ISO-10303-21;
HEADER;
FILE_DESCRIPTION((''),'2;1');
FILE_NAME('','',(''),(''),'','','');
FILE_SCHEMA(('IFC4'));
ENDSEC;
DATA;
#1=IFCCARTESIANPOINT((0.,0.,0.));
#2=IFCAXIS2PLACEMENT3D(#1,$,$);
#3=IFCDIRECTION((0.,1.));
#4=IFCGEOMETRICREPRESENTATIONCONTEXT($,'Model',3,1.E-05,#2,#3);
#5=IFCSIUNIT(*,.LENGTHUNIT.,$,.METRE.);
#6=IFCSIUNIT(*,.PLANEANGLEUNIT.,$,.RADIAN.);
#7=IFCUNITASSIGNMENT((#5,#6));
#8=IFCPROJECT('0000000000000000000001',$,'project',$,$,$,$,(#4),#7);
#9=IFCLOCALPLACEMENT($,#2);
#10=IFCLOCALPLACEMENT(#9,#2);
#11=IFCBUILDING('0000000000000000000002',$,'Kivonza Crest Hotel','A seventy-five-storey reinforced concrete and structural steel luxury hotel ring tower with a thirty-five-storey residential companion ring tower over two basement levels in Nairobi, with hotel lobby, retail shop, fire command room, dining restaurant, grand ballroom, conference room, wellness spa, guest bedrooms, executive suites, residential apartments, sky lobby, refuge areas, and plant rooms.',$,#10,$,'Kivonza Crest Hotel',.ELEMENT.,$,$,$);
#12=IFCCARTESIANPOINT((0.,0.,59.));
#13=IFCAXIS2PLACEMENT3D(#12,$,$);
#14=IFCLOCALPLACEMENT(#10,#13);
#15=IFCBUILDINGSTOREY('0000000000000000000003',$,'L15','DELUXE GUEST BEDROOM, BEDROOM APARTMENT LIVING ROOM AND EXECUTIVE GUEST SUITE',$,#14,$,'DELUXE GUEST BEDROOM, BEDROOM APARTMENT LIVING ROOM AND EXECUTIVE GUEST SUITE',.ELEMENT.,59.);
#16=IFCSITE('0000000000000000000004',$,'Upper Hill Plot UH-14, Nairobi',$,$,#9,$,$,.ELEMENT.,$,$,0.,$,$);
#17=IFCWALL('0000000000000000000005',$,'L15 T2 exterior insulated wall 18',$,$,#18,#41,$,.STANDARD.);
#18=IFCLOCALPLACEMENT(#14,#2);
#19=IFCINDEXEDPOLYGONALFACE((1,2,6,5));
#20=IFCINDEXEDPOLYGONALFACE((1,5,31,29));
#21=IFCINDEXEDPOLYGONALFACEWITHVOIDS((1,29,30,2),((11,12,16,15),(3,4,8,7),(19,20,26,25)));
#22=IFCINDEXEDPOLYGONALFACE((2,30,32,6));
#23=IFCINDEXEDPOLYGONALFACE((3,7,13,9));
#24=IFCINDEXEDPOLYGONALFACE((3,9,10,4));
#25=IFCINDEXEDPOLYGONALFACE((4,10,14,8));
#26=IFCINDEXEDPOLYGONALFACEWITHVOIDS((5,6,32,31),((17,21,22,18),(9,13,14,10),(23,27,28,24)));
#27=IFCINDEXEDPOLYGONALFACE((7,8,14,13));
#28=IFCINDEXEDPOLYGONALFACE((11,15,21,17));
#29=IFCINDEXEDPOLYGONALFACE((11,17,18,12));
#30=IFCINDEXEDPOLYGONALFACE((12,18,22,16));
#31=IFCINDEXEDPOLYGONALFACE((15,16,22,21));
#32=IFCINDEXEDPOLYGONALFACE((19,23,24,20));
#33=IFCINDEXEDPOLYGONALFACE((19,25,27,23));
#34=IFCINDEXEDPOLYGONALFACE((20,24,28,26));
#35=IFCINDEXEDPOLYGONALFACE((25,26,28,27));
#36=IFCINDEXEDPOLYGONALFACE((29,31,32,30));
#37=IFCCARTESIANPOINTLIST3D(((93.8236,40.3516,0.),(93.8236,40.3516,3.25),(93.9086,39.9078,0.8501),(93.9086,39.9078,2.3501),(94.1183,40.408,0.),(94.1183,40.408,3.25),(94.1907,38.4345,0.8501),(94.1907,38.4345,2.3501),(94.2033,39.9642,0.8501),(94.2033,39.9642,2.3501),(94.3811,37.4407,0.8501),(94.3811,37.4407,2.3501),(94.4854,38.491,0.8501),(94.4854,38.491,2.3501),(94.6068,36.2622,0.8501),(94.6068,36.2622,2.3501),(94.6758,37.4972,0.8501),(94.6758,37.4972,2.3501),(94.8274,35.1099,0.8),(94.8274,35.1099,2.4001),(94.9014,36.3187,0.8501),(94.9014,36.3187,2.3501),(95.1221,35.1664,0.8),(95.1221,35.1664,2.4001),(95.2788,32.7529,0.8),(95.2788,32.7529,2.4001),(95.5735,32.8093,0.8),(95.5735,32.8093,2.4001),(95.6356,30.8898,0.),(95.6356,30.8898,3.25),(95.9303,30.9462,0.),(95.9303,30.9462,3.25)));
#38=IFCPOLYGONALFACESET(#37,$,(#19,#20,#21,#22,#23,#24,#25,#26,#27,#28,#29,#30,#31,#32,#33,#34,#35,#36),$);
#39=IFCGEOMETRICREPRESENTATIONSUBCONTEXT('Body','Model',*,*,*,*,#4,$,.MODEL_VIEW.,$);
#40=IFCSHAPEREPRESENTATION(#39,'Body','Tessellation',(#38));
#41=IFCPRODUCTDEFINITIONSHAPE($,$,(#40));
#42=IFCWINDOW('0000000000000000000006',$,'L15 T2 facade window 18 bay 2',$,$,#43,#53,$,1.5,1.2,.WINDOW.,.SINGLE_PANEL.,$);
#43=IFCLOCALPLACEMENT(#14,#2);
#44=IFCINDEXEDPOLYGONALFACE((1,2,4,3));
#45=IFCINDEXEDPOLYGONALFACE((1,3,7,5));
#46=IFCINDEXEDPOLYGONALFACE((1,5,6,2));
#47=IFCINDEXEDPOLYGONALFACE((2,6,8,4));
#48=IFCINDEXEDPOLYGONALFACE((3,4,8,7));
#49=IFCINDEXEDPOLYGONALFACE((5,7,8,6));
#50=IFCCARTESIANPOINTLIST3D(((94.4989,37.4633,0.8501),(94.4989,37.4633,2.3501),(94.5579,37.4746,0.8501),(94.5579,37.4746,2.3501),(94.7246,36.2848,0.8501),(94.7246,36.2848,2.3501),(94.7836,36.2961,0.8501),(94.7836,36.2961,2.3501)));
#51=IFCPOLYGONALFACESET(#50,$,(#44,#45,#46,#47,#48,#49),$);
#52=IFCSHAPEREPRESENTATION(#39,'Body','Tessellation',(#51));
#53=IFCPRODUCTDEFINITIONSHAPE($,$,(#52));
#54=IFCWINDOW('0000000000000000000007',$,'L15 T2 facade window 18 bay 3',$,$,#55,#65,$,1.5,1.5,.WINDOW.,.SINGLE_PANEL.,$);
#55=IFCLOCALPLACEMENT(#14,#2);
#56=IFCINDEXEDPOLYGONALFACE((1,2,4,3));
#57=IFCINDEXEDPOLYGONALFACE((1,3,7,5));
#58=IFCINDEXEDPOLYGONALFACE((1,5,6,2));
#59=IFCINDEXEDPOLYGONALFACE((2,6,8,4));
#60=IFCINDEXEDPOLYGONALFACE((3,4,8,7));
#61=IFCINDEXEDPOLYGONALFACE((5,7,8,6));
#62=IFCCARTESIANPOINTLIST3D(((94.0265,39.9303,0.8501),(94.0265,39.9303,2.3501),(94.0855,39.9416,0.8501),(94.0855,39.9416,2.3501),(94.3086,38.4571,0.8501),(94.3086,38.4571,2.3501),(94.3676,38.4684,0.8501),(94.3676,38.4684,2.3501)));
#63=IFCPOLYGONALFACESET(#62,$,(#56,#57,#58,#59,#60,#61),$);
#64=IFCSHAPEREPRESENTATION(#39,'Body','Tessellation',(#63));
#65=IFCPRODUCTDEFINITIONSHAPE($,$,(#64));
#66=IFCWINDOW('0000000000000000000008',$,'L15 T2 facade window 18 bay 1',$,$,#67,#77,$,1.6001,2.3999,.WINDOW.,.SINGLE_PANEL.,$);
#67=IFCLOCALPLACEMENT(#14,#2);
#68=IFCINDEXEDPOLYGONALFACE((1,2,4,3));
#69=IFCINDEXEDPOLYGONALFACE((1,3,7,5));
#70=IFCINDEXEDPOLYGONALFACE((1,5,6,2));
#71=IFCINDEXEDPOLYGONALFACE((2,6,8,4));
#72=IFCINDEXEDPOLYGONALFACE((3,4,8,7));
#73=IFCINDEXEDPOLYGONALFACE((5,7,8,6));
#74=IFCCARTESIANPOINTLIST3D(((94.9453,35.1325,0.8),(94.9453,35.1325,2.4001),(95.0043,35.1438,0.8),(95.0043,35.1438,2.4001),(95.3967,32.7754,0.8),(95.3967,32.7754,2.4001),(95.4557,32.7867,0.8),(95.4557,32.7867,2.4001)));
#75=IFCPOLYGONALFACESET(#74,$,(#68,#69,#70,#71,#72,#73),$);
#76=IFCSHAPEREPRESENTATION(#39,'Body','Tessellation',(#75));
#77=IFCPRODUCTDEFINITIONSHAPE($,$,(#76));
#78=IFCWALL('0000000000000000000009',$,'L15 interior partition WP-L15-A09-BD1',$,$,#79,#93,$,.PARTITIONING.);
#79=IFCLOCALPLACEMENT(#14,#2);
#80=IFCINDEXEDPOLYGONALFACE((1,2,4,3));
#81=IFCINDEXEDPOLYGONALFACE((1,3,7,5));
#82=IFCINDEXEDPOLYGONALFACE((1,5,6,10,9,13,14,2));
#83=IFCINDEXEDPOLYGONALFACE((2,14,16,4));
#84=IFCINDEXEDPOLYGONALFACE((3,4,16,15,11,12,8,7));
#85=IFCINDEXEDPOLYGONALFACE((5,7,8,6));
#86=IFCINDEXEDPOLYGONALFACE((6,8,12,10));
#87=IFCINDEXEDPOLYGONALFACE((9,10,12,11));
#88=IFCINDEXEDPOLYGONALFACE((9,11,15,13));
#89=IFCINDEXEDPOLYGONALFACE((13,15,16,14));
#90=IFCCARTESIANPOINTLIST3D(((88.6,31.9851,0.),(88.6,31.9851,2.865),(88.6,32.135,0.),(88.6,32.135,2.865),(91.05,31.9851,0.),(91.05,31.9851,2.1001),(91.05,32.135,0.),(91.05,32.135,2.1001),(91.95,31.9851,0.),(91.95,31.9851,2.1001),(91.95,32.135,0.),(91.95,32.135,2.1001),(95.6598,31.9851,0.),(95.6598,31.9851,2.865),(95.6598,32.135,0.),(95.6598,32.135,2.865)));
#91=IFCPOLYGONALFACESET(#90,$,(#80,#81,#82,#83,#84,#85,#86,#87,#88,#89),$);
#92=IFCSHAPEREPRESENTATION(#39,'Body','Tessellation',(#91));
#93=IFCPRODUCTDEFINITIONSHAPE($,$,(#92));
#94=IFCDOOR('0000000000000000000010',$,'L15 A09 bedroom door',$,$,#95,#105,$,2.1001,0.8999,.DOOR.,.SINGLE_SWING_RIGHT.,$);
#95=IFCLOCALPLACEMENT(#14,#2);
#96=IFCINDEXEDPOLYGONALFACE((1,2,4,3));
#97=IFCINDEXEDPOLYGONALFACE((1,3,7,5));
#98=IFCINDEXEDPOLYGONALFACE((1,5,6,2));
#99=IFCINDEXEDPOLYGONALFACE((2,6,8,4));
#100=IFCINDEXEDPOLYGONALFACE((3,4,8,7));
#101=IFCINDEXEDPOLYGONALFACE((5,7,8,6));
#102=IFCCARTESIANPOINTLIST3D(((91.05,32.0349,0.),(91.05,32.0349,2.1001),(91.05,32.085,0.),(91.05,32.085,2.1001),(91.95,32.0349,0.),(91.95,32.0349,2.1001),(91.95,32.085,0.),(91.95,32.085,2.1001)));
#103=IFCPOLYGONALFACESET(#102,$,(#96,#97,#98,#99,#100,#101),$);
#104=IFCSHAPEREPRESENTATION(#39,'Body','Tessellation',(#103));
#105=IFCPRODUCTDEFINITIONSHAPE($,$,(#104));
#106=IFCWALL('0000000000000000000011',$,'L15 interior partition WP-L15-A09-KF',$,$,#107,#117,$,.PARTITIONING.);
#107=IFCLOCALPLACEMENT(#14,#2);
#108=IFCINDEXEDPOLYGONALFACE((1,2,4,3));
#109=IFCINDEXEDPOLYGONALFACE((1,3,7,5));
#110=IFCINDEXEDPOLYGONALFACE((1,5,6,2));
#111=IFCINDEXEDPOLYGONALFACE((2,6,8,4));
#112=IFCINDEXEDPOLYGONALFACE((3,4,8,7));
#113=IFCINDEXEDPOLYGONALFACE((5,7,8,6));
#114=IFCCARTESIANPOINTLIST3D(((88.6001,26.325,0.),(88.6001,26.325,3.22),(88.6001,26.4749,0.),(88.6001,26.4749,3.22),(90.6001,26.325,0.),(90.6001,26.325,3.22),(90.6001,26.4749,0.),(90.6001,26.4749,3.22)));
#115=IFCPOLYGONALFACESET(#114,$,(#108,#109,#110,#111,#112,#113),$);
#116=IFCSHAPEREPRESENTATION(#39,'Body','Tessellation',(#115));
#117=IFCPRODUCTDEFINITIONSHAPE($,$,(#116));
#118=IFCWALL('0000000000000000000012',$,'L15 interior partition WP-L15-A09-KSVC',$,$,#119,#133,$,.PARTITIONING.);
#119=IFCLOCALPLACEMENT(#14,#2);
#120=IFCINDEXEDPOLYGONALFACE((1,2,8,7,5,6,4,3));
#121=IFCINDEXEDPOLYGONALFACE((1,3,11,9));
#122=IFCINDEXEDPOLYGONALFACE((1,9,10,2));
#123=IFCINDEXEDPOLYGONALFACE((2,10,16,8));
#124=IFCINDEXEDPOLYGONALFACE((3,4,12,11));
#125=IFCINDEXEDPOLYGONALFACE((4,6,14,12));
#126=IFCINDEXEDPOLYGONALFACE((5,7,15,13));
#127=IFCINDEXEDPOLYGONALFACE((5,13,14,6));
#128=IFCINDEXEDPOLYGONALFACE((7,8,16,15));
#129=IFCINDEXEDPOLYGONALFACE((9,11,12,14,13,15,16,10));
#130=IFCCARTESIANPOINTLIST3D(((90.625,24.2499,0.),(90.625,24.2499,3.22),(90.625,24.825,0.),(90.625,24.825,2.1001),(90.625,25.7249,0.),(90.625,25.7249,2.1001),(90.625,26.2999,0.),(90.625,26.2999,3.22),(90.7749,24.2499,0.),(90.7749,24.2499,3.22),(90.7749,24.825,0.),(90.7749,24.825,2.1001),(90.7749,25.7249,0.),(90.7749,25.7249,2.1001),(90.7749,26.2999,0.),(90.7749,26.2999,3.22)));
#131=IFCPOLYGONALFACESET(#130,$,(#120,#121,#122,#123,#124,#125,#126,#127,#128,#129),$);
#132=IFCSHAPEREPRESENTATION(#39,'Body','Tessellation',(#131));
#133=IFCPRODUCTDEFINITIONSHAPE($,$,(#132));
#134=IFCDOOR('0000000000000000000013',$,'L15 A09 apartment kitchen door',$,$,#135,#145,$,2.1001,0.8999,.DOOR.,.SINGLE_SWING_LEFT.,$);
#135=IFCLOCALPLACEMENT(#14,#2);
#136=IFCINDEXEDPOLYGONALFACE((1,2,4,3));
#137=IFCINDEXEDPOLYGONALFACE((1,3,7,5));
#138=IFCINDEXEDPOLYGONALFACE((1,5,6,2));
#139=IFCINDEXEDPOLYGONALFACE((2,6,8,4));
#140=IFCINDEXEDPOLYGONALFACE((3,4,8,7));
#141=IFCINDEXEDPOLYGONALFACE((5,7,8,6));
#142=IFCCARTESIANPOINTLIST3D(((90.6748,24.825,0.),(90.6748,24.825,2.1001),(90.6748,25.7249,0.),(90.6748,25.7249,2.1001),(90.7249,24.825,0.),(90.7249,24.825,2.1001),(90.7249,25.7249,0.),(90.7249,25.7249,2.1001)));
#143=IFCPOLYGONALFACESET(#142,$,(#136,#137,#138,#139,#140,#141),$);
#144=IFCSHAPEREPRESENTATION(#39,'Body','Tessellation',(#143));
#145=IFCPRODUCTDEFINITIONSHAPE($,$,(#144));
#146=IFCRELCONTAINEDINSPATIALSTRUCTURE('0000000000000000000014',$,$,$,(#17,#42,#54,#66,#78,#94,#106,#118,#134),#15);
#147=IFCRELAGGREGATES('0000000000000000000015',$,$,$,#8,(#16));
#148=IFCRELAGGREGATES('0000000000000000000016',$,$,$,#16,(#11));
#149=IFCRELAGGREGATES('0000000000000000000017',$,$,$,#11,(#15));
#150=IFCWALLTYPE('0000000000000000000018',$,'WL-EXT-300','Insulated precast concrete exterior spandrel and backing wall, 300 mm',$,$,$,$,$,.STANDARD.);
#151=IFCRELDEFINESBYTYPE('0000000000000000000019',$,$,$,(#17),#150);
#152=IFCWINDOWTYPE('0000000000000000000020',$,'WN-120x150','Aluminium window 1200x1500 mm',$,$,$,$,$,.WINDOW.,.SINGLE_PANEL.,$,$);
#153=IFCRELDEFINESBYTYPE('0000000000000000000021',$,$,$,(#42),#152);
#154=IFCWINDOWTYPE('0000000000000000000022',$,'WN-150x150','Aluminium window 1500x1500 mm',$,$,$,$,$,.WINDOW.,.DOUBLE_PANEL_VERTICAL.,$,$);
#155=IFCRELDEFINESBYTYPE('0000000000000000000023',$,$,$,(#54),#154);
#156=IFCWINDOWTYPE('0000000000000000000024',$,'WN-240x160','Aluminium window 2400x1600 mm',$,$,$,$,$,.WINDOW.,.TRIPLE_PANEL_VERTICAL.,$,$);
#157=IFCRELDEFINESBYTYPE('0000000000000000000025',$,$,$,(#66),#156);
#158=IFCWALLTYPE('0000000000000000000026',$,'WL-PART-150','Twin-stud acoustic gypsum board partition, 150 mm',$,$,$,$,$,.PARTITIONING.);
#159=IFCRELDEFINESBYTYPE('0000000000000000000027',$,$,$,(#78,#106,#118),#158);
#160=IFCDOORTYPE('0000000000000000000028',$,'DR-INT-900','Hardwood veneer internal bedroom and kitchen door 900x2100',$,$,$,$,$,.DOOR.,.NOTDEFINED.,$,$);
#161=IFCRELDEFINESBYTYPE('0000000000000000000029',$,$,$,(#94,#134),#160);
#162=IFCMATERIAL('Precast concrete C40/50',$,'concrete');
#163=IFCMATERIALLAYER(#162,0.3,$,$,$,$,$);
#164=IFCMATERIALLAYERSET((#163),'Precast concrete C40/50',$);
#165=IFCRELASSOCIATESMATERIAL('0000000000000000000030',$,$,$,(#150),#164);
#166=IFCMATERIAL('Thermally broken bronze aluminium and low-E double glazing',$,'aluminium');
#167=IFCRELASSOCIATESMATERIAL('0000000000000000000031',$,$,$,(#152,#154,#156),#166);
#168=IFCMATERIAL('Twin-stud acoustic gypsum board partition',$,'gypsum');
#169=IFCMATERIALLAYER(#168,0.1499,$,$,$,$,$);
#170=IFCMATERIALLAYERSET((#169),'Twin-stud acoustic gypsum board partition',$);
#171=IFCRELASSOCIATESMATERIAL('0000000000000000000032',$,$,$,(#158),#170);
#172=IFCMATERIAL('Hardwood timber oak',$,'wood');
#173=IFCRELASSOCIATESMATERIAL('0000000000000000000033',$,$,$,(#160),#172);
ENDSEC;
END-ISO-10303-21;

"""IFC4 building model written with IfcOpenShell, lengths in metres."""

from ifc_helpers import new_model, si_unit, direction, frame, frame_2d, origin, place, context, subcontext, project, spatial, rectangle, extrude, material, layer, layer_set, type_object, element, fill, save


model = new_model("IFC4")

# Units and contexts
model_context = context("Model", 3, precision=1e-05, world=origin(), true_north=direction((0.0, 1.0)))
body_context = subcontext(model_context, "Body", "Model", "MODEL_VIEW")
ifc_project = project(units=[si_unit("LENGTHUNIT", "METRE"), si_unit("PLANEANGLEUNIT", "RADIAN")], contexts=[model_context])

# Site, building, storey
site_placement = place(None, origin())
site = spatial("IfcSite", under=ifc_project, at=site_placement, Name="Upper Hill Plot UH-14, Nairobi", CompositionType="ELEMENT", RefElevation=0.0)
building_placement = place(site_placement, origin())
building = spatial("IfcBuilding", under=site, at=building_placement, Name="Kivonza Crest Hotel", Description="A seventy-five-storey reinforced concrete and structural steel luxury hotel ring tower with a thirty-five-storey residential companion ring tower over two basement levels in Nairobi, with hotel lobby, retail shop, fire command room, dining restaurant, grand ballroom, conference room, wellness spa, guest bedrooms, executive suites, residential apartments, sky lobby, refuge areas, and plant rooms.", LongName="Kivonza Crest Hotel", CompositionType="ELEMENT")
storey_placement = place(building_placement, frame((0.0, 0.0, 59.0)))
storey = spatial("IfcBuildingStorey", under=building, at=storey_placement, Name="L15", Description="DELUXE GUEST BEDROOM, BEDROOM APARTMENT LIVING ROOM AND EXECUTIVE GUEST SUITE", LongName="DELUXE GUEST BEDROOM, BEDROOM APARTMENT LIVING ROOM AND EXECUTIVE GUEST SUITE", CompositionType="ELEMENT", Elevation=59.0)

# Wall, openings, windows
ifc_material_1 = material(Name="Precast concrete C40/50", Category="concrete")
ifc_layer_1 = layer(ifc_material_1, 0.3)
ifc_layer_set_1 = layer_set([ifc_layer_1], Name="Precast concrete C40/50")
wall_type_1 = type_object("IfcWallType", Name="WL-EXT-300", Description="Insulated precast concrete exterior spandrel and backing wall, 300 mm", PredefinedType="STANDARD", material=ifc_layer_set_1)
wall_1_placement = place(storey_placement, frame((95.783, 30.918, 0.0), z_axis=(0.0, 0.0, 1.0), x_axis=(-0.188088, 0.982152, 0.0)))
wall_1 = element("IfcWall", 1, at=wall_1_placement, inside=storey, type_object=wall_type_1, Name="L15 T2 exterior insulated wall 18", PredefinedType="STANDARD", context=body_context, shape_type="SweptSolid", body=[
    extrude(rectangle(XDim=9.6338, YDim=0.3, at=frame_2d((4.8169, 0.0))), origin(), (0.0, 0.0, 1.0), 3.25),
])
opening_1_placement = place(wall_1_placement, frame((1.897, 0.0, 0.8)))
opening_1 = element("IfcOpeningElement", 2, at=opening_1_placement, cuts=wall_1, PredefinedType="OPENING", context=body_context, shape_type="SweptSolid", body=[
    extrude(rectangle(XDim=2.3999, YDim=1.6001, at=frame_2d((1.2, 0.8))), frame((0.0, 0.1602, 0.0), z_axis=(0.0, -1.0, 0.0), x_axis=(1.0, 0.0, 0.0)), (0.0, 0.0, 1.0), 0.3201),
])
opening_2_placement = place(wall_1_placement, frame((5.47, 0.0, 0.8501)))
opening_2 = element("IfcOpeningElement", 3, at=opening_2_placement, cuts=wall_1, PredefinedType="OPENING", context=body_context, shape_type="SweptSolid", body=[
    extrude(rectangle(XDim=1.2, YDim=1.5, at=frame_2d((0.6001, 0.75))), frame((0.0, 0.1602, 0.0), z_axis=(0.0, -1.0, 0.0), x_axis=(1.0, 0.0, 0.0)), (0.0, 0.0, 1.0), 0.3201),
])
opening_3_placement = place(wall_1_placement, frame((7.6819, 0.0, 0.8501)))
opening_3 = element("IfcOpeningElement", 4, at=opening_3_placement, cuts=wall_1, PredefinedType="OPENING", context=body_context, shape_type="SweptSolid", body=[
    extrude(rectangle(XDim=1.5, YDim=1.5, at=frame_2d((0.75, 0.75))), frame((0.0, 0.1602, 0.0), z_axis=(0.0, -1.0, 0.0), x_axis=(1.0, 0.0, 0.0)), (0.0, 0.0, 1.0), 0.3201),
])
ifc_material_2 = material(Name="Thermally broken bronze aluminium and low-E double glazing", Category="aluminium")
window_type_1 = type_object("IfcWindowType", Name="WN-120x150", Description="Aluminium window 1200x1500 mm", PartitioningType="SINGLE_PANEL", PredefinedType="WINDOW", material=ifc_material_2)
window_1_placement = place(opening_2_placement, origin())
window_1 = element("IfcWindow", 5, at=window_1_placement, inside=storey, type_object=window_type_1, Name="L15 T2 facade window 18 bay 2", OverallHeight=1.5, OverallWidth=1.2, PartitioningType="SINGLE_PANEL", PredefinedType="WINDOW", context=body_context, shape_type="SweptSolid", body=[
    extrude(rectangle(XDim=1.2, YDim=1.5, at=frame_2d((0.6001, 0.75))), frame((0.0, 0.03, 0.0), z_axis=(0.0, -1.0, 0.0), x_axis=(1.0, 0.0, 0.0)), (0.0, 0.0, 1.0), 0.0601),
])
fill(opening_2, window_1)
window_type_2 = type_object("IfcWindowType", Name="WN-150x150", Description="Aluminium window 1500x1500 mm", PartitioningType="DOUBLE_PANEL_VERTICAL", PredefinedType="WINDOW", material=ifc_material_2)
window_2_placement = place(opening_3_placement, origin())
window_2 = element("IfcWindow", 6, at=window_2_placement, inside=storey, type_object=window_type_2, Name="L15 T2 facade window 18 bay 3", OverallHeight=1.5, OverallWidth=1.5, PartitioningType="SINGLE_PANEL", PredefinedType="WINDOW", context=body_context, shape_type="SweptSolid", body=[
    extrude(rectangle(XDim=1.5, YDim=1.5, at=frame_2d((0.75, 0.75))), frame((0.0, 0.03, 0.0), z_axis=(0.0, -1.0, 0.0), x_axis=(1.0, 0.0, 0.0)), (0.0, 0.0, 1.0), 0.0601),
])
fill(opening_3, window_2)
window_type_3 = type_object("IfcWindowType", Name="WN-240x160", Description="Aluminium window 2400x1600 mm", PartitioningType="TRIPLE_PANEL_VERTICAL", PredefinedType="WINDOW", material=ifc_material_2)
window_3_placement = place(opening_1_placement, origin())
window_3 = element("IfcWindow", 7, at=window_3_placement, inside=storey, type_object=window_type_3, Name="L15 T2 facade window 18 bay 1", OverallHeight=1.6001, OverallWidth=2.3999, PartitioningType="SINGLE_PANEL", PredefinedType="WINDOW", context=body_context, shape_type="SweptSolid", body=[
    extrude(rectangle(XDim=2.3999, YDim=1.6001, at=frame_2d((1.2, 0.8))), frame((0.0, 0.03, 0.0), z_axis=(0.0, -1.0, 0.0), x_axis=(1.0, 0.0, 0.0)), (0.0, 0.0, 1.0), 0.0601),
])
fill(opening_1, window_3)

# Wall, opening, door
ifc_material_3 = material(Name="Twin-stud acoustic gypsum board partition", Category="gypsum")
ifc_layer_2 = layer(ifc_material_3, 0.1499)
ifc_layer_set_2 = layer_set([ifc_layer_2], Name="Twin-stud acoustic gypsum board partition")
wall_type_2 = type_object("IfcWallType", Name="WL-PART-150", Description="Twin-stud acoustic gypsum board partition, 150 mm", PredefinedType="PARTITIONING", material=ifc_layer_set_2)
wall_2_placement = place(storey_placement, frame((88.6001, 32.0601, 0.0), z_axis=(0.0, 0.0, 1.0), x_axis=(1.0, 0.0, 0.0)))
wall_2 = element("IfcWall", 8, at=wall_2_placement, inside=storey, type_object=wall_type_2, Name="L15 interior partition WP-L15-A09-BD1", PredefinedType="PARTITIONING", context=body_context, shape_type="SweptSolid", body=[
    extrude(rectangle(XDim=7.0598, YDim=0.1499, at=frame_2d((3.5298, 0.0))), origin(), (0.0, 0.0, 1.0), 2.865),
])
opening_4_placement = place(wall_2_placement, frame((2.45, 0.0, 0.0)))
opening_4 = element("IfcOpeningElement", 9, at=opening_4_placement, cuts=wall_2, PredefinedType="OPENING", context=body_context, shape_type="SweptSolid", body=[
    extrude(rectangle(XDim=0.8999, YDim=2.1001, at=frame_2d((0.45, 1.05))), frame((0.0, 0.085, 0.0), z_axis=(0.0, -1.0, 0.0), x_axis=(1.0, 0.0, 0.0)), (0.0, 0.0, 1.0), 0.1699),
])
ifc_material_4 = material(Name="Hardwood timber oak", Category="wood")
door_type_1 = type_object("IfcDoorType", Name="DR-INT-900", Description="Hardwood veneer internal bedroom and kitchen door 900x2100", OperationType="NOTDEFINED", PredefinedType="DOOR", material=ifc_material_4)
door_1_placement = place(opening_4_placement, origin())
door_1 = element("IfcDoor", 10, at=door_1_placement, inside=storey, type_object=door_type_1, Name="L15 A09 bedroom door", OperationType="SINGLE_SWING_RIGHT", OverallHeight=2.1001, OverallWidth=0.8999, PredefinedType="DOOR", context=body_context, shape_type="SweptSolid", body=[
    extrude(rectangle(XDim=0.8999, YDim=2.1001, at=frame_2d((0.45, 1.05))), frame((0.0, 0.0249, 0.0), z_axis=(0.0, -1.0, 0.0), x_axis=(1.0, 0.0, 0.0)), (0.0, 0.0, 1.0), 0.05),
])
fill(opening_4, door_1)

# Wall
wall_3_placement = place(storey_placement, frame((88.6001, 26.3999, 0.0), z_axis=(0.0, 0.0, 1.0), x_axis=(1.0, 0.0, 0.0)))
element("IfcWall", 11, at=wall_3_placement, inside=storey, type_object=wall_type_2, Name="L15 interior partition WP-L15-A09-KF", PredefinedType="PARTITIONING", context=body_context, shape_type="SweptSolid", body=[
    extrude(rectangle(XDim=2.0, YDim=0.1499, at=frame_2d((1.0, 0.0))), origin(), (0.0, 0.0, 1.0), 3.22),
])

# Wall, opening, door
wall_4_placement = place(storey_placement, frame((90.7, 24.25, 0.0), z_axis=(0.0, 0.0, 1.0), x_axis=(0.0, 1.0, 0.0)))
wall_4 = element("IfcWall", 12, at=wall_4_placement, inside=storey, type_object=wall_type_2, Name="L15 interior partition WP-L15-A09-KSVC", PredefinedType="PARTITIONING", context=body_context, shape_type="SweptSolid", body=[
    extrude(rectangle(XDim=2.05, YDim=0.1499, at=frame_2d((1.0249, 0.0))), origin(), (0.0, 0.0, 1.0), 3.22),
])
opening_5_placement = place(wall_4_placement, frame((0.575, 0.0, 0.0)))
opening_5 = element("IfcOpeningElement", 13, at=opening_5_placement, cuts=wall_4, PredefinedType="OPENING", context=body_context, shape_type="SweptSolid", body=[
    extrude(rectangle(XDim=0.8999, YDim=2.1001, at=frame_2d((0.45, 1.05))), frame((0.0, 0.085, 0.0), z_axis=(0.0, -1.0, 0.0), x_axis=(1.0, 0.0, 0.0)), (0.0, 0.0, 1.0), 0.1699),
])
door_2_placement = place(opening_5_placement, frame((0.8999, 0.0, 0.0), z_axis=(0.0, 0.0, 1.0), x_axis=(-1.0, 0.0, 0.0)))
door_2 = element("IfcDoor", 14, at=door_2_placement, inside=storey, type_object=door_type_1, Name="L15 A09 apartment kitchen door", OperationType="SINGLE_SWING_LEFT", OverallHeight=2.1001, OverallWidth=0.8999, PredefinedType="DOOR", context=body_context, shape_type="SweptSolid", body=[
    extrude(rectangle(XDim=0.8999, YDim=2.1001, at=frame_2d((0.45, 1.05))), frame((0.0, 0.0249, 0.0), z_axis=(0.0, -1.0, 0.0), x_axis=(1.0, 0.0, 0.0)), (0.0, 0.0, 1.0), 0.05),
])
fill(opening_5, door_2)

save(model, "model.ifc")
